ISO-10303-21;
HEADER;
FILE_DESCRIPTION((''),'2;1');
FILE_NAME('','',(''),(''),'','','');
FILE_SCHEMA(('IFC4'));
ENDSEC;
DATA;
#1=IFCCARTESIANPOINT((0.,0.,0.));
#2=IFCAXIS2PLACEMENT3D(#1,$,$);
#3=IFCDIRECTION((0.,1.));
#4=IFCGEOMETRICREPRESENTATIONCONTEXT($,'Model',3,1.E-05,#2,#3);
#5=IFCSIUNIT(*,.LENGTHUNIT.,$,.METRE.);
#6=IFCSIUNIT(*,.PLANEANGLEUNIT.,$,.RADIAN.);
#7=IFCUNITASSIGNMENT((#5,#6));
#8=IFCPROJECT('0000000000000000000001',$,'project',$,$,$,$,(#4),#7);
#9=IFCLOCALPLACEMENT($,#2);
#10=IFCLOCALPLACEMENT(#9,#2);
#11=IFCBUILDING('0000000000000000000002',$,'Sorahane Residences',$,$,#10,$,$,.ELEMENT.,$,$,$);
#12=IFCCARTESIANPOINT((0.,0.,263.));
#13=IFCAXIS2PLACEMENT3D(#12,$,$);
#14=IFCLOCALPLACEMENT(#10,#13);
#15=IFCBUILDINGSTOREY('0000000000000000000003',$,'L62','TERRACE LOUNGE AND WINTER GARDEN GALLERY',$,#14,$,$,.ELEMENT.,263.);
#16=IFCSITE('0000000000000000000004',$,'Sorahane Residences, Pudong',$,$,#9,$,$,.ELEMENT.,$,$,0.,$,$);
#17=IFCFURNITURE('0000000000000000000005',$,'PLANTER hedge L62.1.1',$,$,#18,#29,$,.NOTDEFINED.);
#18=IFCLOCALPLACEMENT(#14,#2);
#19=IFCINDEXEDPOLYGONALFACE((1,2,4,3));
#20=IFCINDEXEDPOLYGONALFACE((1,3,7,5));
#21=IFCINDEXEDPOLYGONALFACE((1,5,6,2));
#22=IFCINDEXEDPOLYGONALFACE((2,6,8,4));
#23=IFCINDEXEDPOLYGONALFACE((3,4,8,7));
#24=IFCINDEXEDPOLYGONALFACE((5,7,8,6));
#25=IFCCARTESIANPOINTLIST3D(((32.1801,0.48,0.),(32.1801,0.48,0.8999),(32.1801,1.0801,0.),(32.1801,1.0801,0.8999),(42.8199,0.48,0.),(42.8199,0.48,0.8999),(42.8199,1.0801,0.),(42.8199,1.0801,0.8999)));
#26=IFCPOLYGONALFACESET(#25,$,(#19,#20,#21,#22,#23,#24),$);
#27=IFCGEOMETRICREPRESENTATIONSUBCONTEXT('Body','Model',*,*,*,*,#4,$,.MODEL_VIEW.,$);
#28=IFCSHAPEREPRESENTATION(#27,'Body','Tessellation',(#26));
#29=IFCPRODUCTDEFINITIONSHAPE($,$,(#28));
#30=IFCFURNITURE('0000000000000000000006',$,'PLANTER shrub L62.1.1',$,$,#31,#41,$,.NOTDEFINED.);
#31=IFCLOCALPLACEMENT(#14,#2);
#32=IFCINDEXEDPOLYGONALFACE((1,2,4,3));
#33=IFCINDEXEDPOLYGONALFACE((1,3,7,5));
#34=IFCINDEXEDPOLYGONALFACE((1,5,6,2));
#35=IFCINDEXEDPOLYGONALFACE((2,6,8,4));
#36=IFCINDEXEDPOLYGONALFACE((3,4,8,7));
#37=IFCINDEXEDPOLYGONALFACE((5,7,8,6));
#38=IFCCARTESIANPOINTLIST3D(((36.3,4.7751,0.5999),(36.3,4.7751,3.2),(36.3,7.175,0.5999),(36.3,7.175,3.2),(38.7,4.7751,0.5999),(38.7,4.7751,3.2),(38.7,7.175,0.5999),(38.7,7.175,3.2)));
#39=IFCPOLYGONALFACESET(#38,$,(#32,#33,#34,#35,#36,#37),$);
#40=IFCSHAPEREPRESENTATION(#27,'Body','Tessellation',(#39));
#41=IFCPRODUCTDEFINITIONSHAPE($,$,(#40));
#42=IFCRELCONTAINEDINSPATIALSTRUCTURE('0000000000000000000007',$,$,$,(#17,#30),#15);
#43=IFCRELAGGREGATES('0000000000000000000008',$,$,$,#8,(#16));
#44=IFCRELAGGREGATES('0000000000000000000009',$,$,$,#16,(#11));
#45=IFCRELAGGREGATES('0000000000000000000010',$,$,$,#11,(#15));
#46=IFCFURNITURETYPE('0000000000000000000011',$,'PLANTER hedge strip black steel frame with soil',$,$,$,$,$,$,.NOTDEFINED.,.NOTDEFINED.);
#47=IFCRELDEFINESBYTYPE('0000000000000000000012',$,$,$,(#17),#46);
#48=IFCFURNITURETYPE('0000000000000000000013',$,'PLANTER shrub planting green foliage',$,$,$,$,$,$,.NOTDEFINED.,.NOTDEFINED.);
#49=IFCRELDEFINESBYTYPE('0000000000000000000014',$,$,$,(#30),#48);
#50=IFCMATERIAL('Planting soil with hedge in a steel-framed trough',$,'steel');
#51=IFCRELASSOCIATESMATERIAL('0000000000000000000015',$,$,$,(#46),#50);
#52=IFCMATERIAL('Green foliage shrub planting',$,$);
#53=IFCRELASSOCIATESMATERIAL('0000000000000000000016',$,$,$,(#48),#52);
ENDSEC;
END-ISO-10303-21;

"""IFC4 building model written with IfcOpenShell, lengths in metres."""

from ifc_helpers import new_model, si_unit, direction, frame, origin, origin_2d, place, context, subcontext, project, spatial, rectangle, extrude, material, type_object, element, save


model = new_model("IFC4")

# Units and contexts
model_context = context("Model", 3, precision=1e-05, world=origin(), true_north=direction((0.0, 1.0)))
body_context = subcontext(model_context, "Body", "Model", "MODEL_VIEW")
ifc_project = project(units=[si_unit("LENGTHUNIT", "METRE"), si_unit("PLANEANGLEUNIT", "RADIAN")], contexts=[model_context])

# Site, building, storey
site_placement = place(None, origin())
site = spatial("IfcSite", under=ifc_project, at=site_placement, Name="Sorahane Residences, Pudong", CompositionType="ELEMENT", RefElevation=0.0)
building_placement = place(site_placement, origin())
building = spatial("IfcBuilding", under=site, at=building_placement, Name="Sorahane Residences", CompositionType="ELEMENT")
storey_placement = place(building_placement, frame((0.0, 0.0, 263.0)))
storey = spatial("IfcBuildingStorey", under=building, at=storey_placement, Name="L62", Description="TERRACE LOUNGE AND WINTER GARDEN GALLERY", CompositionType="ELEMENT", Elevation=263.0)

# Furniture
ifc_material_1 = material(Name="Planting soil with hedge in a steel-framed trough", Category="steel")
furniture_type_1 = type_object("IfcFurnitureType", Name="PLANTER hedge strip black steel frame with soil", AssemblyPlace="NOTDEFINED", PredefinedType="NOTDEFINED", material=ifc_material_1)
furniture_1_placement = place(storey_placement, frame((37.5, 0.78, 0.0), z_axis=(0.0, 0.0, 1.0), x_axis=(-1.0, 0.0, 0.0)))
element("IfcFurniture", 1, at=furniture_1_placement, inside=storey, type_object=furniture_type_1, Name="PLANTER hedge L62.1.1", PredefinedType="NOTDEFINED", context=body_context, shape_type="SweptSolid", body=[
    extrude(rectangle(XDim=10.6399, YDim=0.6001, at=origin_2d()), origin(), (0.0, 0.0, 1.0), 0.8999),
])
ifc_material_2 = material(Name="Green foliage shrub planting")
furniture_type_2 = type_object("IfcFurnitureType", Name="PLANTER shrub planting green foliage", AssemblyPlace="NOTDEFINED", PredefinedType="NOTDEFINED", material=ifc_material_2)
furniture_2_placement = place(storey_placement, frame((37.5, 5.9751, 0.5999), z_axis=(0.0, 0.0, 1.0), x_axis=(1.0, 0.0, 0.0)))
element("IfcFurniture", 2, at=furniture_2_placement, inside=storey, type_object=furniture_type_2, Name="PLANTER shrub L62.1.1", PredefinedType="NOTDEFINED", context=body_context, shape_type="SweptSolid", body=[
    extrude(rectangle(XDim=2.3999, YDim=2.3999, at=origin_2d()), origin(), (0.0, 0.0, 1.0), 2.6001),
])

save(model, "model.ifc")
